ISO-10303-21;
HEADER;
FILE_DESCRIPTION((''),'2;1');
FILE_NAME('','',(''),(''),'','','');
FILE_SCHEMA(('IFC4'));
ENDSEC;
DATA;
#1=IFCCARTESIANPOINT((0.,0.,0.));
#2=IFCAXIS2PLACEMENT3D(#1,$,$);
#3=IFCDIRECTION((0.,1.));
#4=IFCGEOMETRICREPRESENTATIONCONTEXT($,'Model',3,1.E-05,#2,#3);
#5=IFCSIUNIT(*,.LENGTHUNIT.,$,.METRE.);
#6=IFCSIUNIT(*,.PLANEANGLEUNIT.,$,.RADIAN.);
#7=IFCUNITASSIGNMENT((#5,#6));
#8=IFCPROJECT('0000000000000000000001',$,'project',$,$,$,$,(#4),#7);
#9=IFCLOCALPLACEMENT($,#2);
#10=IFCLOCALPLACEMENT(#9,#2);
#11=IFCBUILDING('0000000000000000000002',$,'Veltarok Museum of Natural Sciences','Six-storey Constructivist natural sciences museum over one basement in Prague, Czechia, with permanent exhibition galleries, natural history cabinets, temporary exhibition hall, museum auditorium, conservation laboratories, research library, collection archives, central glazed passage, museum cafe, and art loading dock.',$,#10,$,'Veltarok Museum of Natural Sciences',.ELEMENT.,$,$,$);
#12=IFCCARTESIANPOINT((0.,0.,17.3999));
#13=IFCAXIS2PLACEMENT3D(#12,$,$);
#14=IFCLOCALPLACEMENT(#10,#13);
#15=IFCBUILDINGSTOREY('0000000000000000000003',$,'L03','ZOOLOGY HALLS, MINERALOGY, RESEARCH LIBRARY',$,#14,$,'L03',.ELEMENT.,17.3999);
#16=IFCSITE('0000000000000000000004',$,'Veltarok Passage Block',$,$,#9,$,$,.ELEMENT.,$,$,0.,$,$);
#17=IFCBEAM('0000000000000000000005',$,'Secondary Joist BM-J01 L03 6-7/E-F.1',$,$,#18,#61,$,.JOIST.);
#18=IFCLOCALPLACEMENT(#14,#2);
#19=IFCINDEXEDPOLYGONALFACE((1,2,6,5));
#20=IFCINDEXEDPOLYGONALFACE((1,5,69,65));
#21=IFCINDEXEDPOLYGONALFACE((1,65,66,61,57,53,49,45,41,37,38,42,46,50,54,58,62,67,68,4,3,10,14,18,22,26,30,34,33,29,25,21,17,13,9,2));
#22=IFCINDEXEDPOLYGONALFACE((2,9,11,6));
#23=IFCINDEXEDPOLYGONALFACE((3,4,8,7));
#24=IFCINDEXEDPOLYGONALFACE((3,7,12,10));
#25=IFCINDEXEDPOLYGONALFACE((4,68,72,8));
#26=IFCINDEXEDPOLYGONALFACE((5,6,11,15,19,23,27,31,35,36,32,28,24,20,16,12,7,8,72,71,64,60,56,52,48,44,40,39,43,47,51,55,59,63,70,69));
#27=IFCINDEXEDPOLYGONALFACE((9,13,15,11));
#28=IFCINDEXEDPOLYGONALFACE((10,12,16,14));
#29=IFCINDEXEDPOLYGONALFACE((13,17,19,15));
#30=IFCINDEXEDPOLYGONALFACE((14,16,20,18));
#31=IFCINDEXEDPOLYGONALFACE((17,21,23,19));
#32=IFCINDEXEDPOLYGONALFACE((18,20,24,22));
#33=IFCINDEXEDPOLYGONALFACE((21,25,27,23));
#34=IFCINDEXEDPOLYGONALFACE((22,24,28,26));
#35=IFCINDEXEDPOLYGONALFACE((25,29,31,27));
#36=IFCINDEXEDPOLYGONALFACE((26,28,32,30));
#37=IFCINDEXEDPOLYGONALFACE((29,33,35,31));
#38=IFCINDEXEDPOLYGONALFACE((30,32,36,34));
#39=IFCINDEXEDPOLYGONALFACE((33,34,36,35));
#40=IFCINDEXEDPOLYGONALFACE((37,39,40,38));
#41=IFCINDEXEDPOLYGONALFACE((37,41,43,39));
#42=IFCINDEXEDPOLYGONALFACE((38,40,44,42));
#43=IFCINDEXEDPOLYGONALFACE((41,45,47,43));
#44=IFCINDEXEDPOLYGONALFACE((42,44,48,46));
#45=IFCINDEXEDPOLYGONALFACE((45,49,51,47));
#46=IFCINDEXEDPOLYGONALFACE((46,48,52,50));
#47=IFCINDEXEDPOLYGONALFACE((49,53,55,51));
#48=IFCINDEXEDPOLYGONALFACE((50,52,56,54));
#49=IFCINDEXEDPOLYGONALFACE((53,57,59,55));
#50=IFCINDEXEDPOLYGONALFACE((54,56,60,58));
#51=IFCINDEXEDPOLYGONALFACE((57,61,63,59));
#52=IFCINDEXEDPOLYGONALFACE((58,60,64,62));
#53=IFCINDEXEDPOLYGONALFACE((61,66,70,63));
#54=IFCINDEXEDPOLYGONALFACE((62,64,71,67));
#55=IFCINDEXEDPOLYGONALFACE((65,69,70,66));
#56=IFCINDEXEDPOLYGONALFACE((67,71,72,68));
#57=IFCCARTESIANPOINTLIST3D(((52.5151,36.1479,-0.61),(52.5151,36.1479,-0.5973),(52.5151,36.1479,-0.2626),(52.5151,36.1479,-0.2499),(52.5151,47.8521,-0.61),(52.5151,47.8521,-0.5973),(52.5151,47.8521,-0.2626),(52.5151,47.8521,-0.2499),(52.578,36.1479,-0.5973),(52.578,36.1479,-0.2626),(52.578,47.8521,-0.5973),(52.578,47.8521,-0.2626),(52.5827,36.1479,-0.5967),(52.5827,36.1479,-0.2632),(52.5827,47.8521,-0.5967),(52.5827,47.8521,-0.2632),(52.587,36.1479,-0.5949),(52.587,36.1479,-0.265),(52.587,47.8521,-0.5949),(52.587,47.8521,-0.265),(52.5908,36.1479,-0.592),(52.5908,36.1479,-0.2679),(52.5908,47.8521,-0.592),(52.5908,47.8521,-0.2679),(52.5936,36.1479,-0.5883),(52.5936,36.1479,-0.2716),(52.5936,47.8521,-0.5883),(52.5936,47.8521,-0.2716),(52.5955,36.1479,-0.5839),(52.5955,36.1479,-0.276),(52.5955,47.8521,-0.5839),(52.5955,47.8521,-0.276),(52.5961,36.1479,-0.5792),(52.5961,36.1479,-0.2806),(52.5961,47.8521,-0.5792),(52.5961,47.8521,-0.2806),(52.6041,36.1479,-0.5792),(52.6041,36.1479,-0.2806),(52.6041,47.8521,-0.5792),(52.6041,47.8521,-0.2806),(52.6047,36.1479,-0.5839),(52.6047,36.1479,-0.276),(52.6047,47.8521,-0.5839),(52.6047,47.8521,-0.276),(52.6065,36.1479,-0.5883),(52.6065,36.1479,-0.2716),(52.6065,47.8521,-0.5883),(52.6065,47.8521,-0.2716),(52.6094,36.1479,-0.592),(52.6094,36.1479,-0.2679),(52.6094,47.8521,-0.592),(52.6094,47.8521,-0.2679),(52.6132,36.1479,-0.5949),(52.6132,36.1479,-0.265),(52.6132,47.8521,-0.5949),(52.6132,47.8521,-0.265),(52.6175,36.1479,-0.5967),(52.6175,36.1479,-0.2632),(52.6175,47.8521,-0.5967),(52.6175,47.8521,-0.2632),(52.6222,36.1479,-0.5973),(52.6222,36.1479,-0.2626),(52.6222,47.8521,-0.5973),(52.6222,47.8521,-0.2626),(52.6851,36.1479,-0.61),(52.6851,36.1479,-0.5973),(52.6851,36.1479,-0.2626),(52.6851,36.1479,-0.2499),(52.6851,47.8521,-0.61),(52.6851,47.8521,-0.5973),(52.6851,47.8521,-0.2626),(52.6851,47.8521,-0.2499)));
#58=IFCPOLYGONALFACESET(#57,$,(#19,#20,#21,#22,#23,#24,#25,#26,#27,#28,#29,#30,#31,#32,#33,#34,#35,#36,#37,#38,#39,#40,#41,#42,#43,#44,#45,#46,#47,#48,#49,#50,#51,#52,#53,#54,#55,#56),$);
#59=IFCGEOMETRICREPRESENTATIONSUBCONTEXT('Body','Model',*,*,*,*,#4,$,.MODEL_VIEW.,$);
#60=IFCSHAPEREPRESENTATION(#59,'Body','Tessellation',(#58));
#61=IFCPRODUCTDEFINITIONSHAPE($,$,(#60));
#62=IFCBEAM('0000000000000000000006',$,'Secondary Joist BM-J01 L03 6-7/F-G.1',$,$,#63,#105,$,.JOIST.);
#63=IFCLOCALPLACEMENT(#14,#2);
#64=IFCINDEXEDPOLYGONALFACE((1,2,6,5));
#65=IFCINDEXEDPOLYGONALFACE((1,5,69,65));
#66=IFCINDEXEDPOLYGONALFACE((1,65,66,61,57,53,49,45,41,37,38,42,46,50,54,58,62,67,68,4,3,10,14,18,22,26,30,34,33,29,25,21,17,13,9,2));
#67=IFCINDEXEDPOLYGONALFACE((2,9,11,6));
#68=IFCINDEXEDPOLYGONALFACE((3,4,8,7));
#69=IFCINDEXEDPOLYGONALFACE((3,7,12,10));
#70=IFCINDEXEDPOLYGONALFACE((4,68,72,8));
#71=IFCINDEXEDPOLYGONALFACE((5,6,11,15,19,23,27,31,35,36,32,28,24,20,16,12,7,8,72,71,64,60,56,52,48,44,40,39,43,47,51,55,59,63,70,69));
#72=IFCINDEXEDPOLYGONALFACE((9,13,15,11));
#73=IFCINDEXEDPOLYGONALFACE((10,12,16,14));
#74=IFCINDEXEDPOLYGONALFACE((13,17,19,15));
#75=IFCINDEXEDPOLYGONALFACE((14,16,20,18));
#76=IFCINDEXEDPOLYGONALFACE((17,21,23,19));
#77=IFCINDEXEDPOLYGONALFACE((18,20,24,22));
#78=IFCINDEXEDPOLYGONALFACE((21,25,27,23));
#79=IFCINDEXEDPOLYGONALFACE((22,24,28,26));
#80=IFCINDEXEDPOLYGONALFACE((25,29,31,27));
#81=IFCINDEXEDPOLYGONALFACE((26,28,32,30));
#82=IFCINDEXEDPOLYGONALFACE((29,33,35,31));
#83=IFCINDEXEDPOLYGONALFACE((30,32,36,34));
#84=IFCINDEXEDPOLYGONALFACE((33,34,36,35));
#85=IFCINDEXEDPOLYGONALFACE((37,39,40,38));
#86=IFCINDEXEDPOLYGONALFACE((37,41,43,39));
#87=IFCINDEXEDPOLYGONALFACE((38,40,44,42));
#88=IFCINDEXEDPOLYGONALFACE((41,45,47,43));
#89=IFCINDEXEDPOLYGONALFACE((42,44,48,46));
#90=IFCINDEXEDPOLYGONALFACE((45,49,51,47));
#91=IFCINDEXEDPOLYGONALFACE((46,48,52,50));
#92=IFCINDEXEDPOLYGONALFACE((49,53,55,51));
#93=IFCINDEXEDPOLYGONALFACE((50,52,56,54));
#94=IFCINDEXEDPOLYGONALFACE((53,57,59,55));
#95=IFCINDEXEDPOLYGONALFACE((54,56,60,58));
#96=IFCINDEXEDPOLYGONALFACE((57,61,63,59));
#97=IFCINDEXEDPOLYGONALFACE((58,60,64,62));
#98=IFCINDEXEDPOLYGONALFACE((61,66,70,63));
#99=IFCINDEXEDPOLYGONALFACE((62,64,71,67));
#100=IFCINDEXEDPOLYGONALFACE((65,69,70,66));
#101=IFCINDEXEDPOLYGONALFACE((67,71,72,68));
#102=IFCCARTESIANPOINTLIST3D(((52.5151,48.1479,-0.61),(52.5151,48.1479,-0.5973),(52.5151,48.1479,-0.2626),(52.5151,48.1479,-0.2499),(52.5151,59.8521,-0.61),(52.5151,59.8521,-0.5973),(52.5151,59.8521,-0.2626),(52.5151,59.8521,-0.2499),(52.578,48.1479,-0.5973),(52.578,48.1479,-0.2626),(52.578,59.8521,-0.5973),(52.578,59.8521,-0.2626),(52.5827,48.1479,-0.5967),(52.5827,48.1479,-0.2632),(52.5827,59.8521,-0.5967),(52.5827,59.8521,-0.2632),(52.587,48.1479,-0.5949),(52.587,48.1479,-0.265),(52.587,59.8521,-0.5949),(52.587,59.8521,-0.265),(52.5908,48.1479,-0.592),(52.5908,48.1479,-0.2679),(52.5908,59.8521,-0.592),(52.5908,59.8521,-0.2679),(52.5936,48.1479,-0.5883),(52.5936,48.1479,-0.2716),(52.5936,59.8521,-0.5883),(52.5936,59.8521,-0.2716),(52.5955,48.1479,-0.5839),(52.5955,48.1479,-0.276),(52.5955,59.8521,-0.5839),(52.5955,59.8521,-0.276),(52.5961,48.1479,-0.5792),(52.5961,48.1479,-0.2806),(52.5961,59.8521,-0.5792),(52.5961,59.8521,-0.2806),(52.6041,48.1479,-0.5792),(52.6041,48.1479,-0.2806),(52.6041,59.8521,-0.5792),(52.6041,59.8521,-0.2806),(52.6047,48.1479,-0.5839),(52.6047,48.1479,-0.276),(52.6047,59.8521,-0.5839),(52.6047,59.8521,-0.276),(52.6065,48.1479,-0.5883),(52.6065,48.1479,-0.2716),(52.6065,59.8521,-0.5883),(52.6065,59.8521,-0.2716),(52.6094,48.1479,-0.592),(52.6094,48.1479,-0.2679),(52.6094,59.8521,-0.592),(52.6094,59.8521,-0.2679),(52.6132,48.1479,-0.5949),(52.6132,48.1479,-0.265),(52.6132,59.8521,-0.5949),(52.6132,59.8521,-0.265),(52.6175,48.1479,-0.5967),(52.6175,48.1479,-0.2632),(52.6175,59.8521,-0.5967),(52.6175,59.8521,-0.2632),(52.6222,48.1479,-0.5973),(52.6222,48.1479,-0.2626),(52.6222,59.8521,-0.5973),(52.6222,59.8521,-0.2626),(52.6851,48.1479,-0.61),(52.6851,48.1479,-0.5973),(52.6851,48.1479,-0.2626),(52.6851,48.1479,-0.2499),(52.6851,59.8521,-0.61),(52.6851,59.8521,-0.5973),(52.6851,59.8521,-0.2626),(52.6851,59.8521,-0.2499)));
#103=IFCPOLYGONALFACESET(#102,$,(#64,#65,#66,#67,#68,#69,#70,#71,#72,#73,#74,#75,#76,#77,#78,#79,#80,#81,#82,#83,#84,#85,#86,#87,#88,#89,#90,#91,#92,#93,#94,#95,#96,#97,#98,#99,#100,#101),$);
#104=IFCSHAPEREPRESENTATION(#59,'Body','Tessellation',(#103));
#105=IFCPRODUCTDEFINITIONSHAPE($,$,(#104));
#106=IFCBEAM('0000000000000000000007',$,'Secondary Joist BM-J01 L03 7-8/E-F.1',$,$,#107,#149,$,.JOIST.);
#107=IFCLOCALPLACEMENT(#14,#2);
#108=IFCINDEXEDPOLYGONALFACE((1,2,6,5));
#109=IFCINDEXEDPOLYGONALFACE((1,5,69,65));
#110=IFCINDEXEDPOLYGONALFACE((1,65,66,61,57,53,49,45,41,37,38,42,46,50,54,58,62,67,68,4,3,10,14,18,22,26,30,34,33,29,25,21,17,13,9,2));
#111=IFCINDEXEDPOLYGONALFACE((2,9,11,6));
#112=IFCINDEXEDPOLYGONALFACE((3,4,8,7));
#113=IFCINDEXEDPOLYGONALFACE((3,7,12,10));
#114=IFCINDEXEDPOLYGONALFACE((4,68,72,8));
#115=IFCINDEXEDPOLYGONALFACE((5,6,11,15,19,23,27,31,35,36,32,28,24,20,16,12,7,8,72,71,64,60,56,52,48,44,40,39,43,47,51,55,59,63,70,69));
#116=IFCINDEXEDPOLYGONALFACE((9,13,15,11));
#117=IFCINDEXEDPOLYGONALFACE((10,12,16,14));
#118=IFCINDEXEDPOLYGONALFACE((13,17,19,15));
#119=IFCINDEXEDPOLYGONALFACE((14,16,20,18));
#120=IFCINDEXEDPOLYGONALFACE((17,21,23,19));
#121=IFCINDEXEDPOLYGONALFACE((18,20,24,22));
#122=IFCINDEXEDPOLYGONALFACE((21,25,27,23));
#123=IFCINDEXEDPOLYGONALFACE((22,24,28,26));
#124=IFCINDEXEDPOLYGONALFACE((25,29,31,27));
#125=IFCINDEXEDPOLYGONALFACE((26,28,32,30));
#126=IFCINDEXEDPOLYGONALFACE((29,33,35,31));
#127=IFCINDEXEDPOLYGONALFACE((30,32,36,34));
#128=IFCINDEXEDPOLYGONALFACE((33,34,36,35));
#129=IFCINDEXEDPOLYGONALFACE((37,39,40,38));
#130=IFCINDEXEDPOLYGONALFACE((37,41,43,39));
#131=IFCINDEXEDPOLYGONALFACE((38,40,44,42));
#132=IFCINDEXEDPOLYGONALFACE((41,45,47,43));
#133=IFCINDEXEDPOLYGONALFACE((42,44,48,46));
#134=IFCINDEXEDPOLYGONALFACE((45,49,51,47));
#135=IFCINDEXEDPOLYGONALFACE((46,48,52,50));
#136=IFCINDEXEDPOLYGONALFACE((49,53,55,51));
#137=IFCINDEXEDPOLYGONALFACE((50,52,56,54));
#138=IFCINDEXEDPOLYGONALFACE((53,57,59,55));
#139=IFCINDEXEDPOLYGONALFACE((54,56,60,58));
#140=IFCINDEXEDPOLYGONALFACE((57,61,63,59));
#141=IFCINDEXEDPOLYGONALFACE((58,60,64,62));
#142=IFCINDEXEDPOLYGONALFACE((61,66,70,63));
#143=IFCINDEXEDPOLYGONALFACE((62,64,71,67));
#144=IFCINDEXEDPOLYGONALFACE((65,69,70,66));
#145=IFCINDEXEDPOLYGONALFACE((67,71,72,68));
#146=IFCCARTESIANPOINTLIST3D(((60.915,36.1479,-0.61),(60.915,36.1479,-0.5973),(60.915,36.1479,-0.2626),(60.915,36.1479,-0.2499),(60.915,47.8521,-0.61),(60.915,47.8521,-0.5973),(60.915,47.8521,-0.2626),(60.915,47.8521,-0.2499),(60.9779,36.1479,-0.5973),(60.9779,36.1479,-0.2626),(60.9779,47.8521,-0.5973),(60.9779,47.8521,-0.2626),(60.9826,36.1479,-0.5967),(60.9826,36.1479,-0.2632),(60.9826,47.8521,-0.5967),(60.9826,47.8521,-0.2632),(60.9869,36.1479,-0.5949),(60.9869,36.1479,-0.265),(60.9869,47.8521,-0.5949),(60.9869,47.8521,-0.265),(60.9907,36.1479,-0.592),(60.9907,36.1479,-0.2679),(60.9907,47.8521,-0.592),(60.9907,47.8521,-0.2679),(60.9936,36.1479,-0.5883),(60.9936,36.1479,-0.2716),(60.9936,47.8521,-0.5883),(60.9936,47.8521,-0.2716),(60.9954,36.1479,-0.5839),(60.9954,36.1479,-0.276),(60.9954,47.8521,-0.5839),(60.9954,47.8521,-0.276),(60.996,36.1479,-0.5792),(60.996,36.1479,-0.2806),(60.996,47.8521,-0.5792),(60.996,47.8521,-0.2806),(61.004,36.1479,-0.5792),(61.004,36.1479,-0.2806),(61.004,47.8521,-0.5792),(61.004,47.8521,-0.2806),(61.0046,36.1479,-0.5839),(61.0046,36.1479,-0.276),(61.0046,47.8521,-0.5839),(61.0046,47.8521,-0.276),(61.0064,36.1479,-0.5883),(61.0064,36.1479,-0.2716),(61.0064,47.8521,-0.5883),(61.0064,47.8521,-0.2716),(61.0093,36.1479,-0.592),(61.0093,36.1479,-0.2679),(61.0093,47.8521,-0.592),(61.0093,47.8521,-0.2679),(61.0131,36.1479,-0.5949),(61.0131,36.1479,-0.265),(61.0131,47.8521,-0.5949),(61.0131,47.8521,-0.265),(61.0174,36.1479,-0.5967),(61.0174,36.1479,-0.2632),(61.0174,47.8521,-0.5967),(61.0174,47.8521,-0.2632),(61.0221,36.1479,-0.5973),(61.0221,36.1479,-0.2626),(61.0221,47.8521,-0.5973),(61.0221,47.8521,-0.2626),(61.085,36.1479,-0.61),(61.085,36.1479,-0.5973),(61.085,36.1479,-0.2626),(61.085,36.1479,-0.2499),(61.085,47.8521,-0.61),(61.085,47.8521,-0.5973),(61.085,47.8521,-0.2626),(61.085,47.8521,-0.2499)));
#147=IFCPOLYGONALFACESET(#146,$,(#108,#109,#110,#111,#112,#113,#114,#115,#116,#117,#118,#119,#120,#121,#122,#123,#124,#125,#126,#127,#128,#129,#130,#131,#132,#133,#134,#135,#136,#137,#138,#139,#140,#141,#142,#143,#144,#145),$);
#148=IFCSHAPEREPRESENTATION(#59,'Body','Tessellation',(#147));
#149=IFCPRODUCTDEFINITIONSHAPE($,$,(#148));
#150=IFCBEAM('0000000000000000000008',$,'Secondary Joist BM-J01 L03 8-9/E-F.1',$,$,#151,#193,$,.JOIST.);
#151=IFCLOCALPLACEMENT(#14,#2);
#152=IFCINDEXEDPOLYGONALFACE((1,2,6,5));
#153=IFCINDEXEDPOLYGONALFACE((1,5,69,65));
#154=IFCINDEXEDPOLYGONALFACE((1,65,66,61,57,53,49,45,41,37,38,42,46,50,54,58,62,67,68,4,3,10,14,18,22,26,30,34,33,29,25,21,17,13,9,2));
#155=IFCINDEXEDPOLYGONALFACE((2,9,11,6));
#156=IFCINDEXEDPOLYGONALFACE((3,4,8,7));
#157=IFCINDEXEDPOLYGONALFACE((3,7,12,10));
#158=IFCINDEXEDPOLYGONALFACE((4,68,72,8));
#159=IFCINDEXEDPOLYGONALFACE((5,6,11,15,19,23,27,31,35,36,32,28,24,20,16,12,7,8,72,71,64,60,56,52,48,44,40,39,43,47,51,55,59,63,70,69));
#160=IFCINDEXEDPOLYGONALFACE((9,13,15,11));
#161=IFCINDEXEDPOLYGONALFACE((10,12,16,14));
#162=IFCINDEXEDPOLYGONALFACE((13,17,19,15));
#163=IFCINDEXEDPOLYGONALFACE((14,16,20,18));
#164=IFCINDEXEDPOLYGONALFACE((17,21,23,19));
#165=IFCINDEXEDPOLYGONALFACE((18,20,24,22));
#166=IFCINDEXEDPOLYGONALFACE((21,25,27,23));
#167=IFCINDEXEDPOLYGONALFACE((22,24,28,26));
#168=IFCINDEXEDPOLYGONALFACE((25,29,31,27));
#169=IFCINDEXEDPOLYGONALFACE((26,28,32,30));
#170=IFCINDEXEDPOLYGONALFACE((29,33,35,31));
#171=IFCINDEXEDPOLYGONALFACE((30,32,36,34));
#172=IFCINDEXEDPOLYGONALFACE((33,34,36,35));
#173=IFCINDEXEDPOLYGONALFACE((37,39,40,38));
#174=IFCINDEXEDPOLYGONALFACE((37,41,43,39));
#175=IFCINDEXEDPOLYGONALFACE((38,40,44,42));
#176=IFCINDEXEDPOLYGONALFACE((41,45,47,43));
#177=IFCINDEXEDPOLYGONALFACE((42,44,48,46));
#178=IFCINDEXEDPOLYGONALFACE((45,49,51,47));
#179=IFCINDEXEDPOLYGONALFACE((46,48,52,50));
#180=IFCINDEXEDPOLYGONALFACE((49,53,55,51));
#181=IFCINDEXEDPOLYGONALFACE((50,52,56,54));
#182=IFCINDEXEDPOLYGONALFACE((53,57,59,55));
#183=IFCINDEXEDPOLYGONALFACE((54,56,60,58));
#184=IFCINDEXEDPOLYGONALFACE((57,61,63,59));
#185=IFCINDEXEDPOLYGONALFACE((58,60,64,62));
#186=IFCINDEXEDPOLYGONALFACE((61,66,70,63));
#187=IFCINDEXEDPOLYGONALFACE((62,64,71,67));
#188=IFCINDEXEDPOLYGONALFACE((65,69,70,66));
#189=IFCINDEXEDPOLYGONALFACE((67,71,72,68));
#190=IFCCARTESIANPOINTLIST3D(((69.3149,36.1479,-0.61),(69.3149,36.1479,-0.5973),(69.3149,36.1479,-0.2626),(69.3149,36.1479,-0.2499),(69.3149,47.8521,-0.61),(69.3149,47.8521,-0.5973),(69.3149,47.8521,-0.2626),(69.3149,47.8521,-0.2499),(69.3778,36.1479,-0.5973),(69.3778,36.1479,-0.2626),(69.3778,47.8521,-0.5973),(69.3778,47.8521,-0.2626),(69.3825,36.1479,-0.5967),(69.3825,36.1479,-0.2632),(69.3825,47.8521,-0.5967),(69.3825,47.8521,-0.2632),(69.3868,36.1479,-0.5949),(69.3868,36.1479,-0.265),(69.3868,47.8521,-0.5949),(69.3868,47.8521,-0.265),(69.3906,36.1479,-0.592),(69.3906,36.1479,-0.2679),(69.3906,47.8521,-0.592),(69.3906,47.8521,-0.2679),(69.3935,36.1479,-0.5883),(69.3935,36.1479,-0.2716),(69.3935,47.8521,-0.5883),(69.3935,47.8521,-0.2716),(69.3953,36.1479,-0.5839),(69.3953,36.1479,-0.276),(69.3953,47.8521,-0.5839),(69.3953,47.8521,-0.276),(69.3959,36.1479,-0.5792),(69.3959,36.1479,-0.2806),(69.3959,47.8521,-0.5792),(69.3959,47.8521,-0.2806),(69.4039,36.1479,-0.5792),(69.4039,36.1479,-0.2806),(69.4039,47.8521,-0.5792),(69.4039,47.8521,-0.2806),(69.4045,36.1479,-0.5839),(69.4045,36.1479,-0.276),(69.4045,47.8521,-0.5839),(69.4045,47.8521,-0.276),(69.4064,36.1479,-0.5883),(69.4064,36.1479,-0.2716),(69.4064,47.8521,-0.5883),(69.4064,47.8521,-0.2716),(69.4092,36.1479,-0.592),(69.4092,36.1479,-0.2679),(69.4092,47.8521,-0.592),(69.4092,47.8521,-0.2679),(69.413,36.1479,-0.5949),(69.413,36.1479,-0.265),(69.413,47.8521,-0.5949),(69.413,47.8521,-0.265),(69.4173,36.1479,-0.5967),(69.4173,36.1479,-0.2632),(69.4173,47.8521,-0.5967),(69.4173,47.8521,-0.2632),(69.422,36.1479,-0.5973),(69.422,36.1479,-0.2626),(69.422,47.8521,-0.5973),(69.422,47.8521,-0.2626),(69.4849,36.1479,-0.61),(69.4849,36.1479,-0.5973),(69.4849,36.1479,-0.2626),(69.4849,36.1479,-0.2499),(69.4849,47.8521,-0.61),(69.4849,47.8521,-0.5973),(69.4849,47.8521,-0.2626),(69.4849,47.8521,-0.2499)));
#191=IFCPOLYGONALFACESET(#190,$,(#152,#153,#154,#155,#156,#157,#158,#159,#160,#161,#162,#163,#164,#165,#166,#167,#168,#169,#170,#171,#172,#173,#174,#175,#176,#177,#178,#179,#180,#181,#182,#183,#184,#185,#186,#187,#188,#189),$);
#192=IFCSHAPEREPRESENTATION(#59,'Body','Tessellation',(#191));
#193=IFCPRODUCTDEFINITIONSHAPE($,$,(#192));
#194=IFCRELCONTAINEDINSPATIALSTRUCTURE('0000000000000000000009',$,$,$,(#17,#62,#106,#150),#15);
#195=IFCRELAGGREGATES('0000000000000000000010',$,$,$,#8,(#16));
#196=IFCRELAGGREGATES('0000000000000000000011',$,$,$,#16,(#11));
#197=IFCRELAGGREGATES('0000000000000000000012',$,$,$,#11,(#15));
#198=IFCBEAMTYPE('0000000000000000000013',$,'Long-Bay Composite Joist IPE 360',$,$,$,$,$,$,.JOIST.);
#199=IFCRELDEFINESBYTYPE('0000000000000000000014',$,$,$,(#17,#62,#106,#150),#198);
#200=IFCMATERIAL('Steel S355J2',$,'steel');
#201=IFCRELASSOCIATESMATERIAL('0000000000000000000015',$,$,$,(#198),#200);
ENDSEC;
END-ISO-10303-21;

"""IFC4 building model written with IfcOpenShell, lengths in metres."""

from ifc_helpers import new_model, si_unit, direction, frame, origin, origin_2d, place, context, subcontext, project, spatial, i_section, extrude, material, material_profile, profile_set, type_object, element, save


model = new_model("IFC4")

# Units and contexts
model_context = context("Model", 3, precision=1e-05, world=origin(), true_north=direction((0.0, 1.0)))
body_context = subcontext(model_context, "Body", "Model", "MODEL_VIEW")
ifc_project = project(units=[si_unit("LENGTHUNIT", "METRE"), si_unit("PLANEANGLEUNIT", "RADIAN")], contexts=[model_context])

# Site, building, storey
site_placement = place(None, origin())
site = spatial("IfcSite", under=ifc_project, at=site_placement, Name="Veltarok Passage Block", CompositionType="ELEMENT", RefElevation=0.0)
building_placement = place(site_placement, origin())
building = spatial("IfcBuilding", under=site, at=building_placement, Name="Veltarok Museum of Natural Sciences", Description="Six-storey Constructivist natural sciences museum over one basement in Prague, Czechia, with permanent exhibition galleries, natural history cabinets, temporary exhibition hall, museum auditorium, conservation laboratories, research library, collection archives, central glazed passage, museum cafe, and art loading dock.", LongName="Veltarok Museum of Natural Sciences", CompositionType="ELEMENT")
storey_placement = place(building_placement, frame((0.0, 0.0, 17.3999)))
storey = spatial("IfcBuildingStorey", under=building, at=storey_placement, Name="L03", Description="ZOOLOGY HALLS, MINERALOGY, RESEARCH LIBRARY", LongName="L03", CompositionType="ELEMENT", Elevation=17.3999)

# Shared definitions
ifc_material = material(Name="Steel S355J2", Category="steel")

# Beams
ifc_material_profile_1 = material_profile(ifc_material, i_section(OverallWidth=0.1699, OverallDepth=0.3601, WebThickness=0.0081, FlangeThickness=0.0127, FilletRadius=0.0181, at=origin_2d()), Name="IPE 360")
ifc_profile_set_1 = profile_set([ifc_material_profile_1], Name="Steel S355J2")
beam_type_1 = type_object("IfcBeamType", Name="Long-Bay Composite Joist IPE 360", PredefinedType="JOIST", material=ifc_profile_set_1)
for number, where, z_axis, x_axis, name in (
    (1, (52.6001, 36.1479, -0.4299), (0.0, 1.0, 0.0), (-1.0, 0.0, 0.0), "Secondary Joist BM-J01 L03 6-7/E-F.1"),
    (2, (52.6001, 48.1479, -0.4299), (0.0, 1.0, 0.0), (-1.0, 0.0, 0.0), "Secondary Joist BM-J01 L03 6-7/F-G.1"),
    (3, (61.0, 36.1479, -0.4299), (0.0, 1.0, 0.0), (-1.0, 0.0, 0.0), "Secondary Joist BM-J01 L03 7-8/E-F.1"),
    (4, (69.3999, 36.1479, -0.4299), (0.0, 1.0, 0.0), (-1.0, 0.0, 0.0), "Secondary Joist BM-J01 L03 8-9/E-F.1"),
):
    element("IfcBeam", number, at=place(storey_placement, frame(where, z_axis=z_axis, x_axis=x_axis)), inside=storey, type_object=beam_type_1, Name=name, PredefinedType="JOIST", context=body_context, shape_type="SweptSolid", body=[
        extrude(i_section(OverallWidth=0.1699, OverallDepth=0.3601, WebThickness=0.0081, FlangeThickness=0.0127, FilletRadius=0.0181, at=origin_2d()), origin(), (0.0, 0.0, 1.0), 11.7041),
    ])

save(model, "model.ifc")
